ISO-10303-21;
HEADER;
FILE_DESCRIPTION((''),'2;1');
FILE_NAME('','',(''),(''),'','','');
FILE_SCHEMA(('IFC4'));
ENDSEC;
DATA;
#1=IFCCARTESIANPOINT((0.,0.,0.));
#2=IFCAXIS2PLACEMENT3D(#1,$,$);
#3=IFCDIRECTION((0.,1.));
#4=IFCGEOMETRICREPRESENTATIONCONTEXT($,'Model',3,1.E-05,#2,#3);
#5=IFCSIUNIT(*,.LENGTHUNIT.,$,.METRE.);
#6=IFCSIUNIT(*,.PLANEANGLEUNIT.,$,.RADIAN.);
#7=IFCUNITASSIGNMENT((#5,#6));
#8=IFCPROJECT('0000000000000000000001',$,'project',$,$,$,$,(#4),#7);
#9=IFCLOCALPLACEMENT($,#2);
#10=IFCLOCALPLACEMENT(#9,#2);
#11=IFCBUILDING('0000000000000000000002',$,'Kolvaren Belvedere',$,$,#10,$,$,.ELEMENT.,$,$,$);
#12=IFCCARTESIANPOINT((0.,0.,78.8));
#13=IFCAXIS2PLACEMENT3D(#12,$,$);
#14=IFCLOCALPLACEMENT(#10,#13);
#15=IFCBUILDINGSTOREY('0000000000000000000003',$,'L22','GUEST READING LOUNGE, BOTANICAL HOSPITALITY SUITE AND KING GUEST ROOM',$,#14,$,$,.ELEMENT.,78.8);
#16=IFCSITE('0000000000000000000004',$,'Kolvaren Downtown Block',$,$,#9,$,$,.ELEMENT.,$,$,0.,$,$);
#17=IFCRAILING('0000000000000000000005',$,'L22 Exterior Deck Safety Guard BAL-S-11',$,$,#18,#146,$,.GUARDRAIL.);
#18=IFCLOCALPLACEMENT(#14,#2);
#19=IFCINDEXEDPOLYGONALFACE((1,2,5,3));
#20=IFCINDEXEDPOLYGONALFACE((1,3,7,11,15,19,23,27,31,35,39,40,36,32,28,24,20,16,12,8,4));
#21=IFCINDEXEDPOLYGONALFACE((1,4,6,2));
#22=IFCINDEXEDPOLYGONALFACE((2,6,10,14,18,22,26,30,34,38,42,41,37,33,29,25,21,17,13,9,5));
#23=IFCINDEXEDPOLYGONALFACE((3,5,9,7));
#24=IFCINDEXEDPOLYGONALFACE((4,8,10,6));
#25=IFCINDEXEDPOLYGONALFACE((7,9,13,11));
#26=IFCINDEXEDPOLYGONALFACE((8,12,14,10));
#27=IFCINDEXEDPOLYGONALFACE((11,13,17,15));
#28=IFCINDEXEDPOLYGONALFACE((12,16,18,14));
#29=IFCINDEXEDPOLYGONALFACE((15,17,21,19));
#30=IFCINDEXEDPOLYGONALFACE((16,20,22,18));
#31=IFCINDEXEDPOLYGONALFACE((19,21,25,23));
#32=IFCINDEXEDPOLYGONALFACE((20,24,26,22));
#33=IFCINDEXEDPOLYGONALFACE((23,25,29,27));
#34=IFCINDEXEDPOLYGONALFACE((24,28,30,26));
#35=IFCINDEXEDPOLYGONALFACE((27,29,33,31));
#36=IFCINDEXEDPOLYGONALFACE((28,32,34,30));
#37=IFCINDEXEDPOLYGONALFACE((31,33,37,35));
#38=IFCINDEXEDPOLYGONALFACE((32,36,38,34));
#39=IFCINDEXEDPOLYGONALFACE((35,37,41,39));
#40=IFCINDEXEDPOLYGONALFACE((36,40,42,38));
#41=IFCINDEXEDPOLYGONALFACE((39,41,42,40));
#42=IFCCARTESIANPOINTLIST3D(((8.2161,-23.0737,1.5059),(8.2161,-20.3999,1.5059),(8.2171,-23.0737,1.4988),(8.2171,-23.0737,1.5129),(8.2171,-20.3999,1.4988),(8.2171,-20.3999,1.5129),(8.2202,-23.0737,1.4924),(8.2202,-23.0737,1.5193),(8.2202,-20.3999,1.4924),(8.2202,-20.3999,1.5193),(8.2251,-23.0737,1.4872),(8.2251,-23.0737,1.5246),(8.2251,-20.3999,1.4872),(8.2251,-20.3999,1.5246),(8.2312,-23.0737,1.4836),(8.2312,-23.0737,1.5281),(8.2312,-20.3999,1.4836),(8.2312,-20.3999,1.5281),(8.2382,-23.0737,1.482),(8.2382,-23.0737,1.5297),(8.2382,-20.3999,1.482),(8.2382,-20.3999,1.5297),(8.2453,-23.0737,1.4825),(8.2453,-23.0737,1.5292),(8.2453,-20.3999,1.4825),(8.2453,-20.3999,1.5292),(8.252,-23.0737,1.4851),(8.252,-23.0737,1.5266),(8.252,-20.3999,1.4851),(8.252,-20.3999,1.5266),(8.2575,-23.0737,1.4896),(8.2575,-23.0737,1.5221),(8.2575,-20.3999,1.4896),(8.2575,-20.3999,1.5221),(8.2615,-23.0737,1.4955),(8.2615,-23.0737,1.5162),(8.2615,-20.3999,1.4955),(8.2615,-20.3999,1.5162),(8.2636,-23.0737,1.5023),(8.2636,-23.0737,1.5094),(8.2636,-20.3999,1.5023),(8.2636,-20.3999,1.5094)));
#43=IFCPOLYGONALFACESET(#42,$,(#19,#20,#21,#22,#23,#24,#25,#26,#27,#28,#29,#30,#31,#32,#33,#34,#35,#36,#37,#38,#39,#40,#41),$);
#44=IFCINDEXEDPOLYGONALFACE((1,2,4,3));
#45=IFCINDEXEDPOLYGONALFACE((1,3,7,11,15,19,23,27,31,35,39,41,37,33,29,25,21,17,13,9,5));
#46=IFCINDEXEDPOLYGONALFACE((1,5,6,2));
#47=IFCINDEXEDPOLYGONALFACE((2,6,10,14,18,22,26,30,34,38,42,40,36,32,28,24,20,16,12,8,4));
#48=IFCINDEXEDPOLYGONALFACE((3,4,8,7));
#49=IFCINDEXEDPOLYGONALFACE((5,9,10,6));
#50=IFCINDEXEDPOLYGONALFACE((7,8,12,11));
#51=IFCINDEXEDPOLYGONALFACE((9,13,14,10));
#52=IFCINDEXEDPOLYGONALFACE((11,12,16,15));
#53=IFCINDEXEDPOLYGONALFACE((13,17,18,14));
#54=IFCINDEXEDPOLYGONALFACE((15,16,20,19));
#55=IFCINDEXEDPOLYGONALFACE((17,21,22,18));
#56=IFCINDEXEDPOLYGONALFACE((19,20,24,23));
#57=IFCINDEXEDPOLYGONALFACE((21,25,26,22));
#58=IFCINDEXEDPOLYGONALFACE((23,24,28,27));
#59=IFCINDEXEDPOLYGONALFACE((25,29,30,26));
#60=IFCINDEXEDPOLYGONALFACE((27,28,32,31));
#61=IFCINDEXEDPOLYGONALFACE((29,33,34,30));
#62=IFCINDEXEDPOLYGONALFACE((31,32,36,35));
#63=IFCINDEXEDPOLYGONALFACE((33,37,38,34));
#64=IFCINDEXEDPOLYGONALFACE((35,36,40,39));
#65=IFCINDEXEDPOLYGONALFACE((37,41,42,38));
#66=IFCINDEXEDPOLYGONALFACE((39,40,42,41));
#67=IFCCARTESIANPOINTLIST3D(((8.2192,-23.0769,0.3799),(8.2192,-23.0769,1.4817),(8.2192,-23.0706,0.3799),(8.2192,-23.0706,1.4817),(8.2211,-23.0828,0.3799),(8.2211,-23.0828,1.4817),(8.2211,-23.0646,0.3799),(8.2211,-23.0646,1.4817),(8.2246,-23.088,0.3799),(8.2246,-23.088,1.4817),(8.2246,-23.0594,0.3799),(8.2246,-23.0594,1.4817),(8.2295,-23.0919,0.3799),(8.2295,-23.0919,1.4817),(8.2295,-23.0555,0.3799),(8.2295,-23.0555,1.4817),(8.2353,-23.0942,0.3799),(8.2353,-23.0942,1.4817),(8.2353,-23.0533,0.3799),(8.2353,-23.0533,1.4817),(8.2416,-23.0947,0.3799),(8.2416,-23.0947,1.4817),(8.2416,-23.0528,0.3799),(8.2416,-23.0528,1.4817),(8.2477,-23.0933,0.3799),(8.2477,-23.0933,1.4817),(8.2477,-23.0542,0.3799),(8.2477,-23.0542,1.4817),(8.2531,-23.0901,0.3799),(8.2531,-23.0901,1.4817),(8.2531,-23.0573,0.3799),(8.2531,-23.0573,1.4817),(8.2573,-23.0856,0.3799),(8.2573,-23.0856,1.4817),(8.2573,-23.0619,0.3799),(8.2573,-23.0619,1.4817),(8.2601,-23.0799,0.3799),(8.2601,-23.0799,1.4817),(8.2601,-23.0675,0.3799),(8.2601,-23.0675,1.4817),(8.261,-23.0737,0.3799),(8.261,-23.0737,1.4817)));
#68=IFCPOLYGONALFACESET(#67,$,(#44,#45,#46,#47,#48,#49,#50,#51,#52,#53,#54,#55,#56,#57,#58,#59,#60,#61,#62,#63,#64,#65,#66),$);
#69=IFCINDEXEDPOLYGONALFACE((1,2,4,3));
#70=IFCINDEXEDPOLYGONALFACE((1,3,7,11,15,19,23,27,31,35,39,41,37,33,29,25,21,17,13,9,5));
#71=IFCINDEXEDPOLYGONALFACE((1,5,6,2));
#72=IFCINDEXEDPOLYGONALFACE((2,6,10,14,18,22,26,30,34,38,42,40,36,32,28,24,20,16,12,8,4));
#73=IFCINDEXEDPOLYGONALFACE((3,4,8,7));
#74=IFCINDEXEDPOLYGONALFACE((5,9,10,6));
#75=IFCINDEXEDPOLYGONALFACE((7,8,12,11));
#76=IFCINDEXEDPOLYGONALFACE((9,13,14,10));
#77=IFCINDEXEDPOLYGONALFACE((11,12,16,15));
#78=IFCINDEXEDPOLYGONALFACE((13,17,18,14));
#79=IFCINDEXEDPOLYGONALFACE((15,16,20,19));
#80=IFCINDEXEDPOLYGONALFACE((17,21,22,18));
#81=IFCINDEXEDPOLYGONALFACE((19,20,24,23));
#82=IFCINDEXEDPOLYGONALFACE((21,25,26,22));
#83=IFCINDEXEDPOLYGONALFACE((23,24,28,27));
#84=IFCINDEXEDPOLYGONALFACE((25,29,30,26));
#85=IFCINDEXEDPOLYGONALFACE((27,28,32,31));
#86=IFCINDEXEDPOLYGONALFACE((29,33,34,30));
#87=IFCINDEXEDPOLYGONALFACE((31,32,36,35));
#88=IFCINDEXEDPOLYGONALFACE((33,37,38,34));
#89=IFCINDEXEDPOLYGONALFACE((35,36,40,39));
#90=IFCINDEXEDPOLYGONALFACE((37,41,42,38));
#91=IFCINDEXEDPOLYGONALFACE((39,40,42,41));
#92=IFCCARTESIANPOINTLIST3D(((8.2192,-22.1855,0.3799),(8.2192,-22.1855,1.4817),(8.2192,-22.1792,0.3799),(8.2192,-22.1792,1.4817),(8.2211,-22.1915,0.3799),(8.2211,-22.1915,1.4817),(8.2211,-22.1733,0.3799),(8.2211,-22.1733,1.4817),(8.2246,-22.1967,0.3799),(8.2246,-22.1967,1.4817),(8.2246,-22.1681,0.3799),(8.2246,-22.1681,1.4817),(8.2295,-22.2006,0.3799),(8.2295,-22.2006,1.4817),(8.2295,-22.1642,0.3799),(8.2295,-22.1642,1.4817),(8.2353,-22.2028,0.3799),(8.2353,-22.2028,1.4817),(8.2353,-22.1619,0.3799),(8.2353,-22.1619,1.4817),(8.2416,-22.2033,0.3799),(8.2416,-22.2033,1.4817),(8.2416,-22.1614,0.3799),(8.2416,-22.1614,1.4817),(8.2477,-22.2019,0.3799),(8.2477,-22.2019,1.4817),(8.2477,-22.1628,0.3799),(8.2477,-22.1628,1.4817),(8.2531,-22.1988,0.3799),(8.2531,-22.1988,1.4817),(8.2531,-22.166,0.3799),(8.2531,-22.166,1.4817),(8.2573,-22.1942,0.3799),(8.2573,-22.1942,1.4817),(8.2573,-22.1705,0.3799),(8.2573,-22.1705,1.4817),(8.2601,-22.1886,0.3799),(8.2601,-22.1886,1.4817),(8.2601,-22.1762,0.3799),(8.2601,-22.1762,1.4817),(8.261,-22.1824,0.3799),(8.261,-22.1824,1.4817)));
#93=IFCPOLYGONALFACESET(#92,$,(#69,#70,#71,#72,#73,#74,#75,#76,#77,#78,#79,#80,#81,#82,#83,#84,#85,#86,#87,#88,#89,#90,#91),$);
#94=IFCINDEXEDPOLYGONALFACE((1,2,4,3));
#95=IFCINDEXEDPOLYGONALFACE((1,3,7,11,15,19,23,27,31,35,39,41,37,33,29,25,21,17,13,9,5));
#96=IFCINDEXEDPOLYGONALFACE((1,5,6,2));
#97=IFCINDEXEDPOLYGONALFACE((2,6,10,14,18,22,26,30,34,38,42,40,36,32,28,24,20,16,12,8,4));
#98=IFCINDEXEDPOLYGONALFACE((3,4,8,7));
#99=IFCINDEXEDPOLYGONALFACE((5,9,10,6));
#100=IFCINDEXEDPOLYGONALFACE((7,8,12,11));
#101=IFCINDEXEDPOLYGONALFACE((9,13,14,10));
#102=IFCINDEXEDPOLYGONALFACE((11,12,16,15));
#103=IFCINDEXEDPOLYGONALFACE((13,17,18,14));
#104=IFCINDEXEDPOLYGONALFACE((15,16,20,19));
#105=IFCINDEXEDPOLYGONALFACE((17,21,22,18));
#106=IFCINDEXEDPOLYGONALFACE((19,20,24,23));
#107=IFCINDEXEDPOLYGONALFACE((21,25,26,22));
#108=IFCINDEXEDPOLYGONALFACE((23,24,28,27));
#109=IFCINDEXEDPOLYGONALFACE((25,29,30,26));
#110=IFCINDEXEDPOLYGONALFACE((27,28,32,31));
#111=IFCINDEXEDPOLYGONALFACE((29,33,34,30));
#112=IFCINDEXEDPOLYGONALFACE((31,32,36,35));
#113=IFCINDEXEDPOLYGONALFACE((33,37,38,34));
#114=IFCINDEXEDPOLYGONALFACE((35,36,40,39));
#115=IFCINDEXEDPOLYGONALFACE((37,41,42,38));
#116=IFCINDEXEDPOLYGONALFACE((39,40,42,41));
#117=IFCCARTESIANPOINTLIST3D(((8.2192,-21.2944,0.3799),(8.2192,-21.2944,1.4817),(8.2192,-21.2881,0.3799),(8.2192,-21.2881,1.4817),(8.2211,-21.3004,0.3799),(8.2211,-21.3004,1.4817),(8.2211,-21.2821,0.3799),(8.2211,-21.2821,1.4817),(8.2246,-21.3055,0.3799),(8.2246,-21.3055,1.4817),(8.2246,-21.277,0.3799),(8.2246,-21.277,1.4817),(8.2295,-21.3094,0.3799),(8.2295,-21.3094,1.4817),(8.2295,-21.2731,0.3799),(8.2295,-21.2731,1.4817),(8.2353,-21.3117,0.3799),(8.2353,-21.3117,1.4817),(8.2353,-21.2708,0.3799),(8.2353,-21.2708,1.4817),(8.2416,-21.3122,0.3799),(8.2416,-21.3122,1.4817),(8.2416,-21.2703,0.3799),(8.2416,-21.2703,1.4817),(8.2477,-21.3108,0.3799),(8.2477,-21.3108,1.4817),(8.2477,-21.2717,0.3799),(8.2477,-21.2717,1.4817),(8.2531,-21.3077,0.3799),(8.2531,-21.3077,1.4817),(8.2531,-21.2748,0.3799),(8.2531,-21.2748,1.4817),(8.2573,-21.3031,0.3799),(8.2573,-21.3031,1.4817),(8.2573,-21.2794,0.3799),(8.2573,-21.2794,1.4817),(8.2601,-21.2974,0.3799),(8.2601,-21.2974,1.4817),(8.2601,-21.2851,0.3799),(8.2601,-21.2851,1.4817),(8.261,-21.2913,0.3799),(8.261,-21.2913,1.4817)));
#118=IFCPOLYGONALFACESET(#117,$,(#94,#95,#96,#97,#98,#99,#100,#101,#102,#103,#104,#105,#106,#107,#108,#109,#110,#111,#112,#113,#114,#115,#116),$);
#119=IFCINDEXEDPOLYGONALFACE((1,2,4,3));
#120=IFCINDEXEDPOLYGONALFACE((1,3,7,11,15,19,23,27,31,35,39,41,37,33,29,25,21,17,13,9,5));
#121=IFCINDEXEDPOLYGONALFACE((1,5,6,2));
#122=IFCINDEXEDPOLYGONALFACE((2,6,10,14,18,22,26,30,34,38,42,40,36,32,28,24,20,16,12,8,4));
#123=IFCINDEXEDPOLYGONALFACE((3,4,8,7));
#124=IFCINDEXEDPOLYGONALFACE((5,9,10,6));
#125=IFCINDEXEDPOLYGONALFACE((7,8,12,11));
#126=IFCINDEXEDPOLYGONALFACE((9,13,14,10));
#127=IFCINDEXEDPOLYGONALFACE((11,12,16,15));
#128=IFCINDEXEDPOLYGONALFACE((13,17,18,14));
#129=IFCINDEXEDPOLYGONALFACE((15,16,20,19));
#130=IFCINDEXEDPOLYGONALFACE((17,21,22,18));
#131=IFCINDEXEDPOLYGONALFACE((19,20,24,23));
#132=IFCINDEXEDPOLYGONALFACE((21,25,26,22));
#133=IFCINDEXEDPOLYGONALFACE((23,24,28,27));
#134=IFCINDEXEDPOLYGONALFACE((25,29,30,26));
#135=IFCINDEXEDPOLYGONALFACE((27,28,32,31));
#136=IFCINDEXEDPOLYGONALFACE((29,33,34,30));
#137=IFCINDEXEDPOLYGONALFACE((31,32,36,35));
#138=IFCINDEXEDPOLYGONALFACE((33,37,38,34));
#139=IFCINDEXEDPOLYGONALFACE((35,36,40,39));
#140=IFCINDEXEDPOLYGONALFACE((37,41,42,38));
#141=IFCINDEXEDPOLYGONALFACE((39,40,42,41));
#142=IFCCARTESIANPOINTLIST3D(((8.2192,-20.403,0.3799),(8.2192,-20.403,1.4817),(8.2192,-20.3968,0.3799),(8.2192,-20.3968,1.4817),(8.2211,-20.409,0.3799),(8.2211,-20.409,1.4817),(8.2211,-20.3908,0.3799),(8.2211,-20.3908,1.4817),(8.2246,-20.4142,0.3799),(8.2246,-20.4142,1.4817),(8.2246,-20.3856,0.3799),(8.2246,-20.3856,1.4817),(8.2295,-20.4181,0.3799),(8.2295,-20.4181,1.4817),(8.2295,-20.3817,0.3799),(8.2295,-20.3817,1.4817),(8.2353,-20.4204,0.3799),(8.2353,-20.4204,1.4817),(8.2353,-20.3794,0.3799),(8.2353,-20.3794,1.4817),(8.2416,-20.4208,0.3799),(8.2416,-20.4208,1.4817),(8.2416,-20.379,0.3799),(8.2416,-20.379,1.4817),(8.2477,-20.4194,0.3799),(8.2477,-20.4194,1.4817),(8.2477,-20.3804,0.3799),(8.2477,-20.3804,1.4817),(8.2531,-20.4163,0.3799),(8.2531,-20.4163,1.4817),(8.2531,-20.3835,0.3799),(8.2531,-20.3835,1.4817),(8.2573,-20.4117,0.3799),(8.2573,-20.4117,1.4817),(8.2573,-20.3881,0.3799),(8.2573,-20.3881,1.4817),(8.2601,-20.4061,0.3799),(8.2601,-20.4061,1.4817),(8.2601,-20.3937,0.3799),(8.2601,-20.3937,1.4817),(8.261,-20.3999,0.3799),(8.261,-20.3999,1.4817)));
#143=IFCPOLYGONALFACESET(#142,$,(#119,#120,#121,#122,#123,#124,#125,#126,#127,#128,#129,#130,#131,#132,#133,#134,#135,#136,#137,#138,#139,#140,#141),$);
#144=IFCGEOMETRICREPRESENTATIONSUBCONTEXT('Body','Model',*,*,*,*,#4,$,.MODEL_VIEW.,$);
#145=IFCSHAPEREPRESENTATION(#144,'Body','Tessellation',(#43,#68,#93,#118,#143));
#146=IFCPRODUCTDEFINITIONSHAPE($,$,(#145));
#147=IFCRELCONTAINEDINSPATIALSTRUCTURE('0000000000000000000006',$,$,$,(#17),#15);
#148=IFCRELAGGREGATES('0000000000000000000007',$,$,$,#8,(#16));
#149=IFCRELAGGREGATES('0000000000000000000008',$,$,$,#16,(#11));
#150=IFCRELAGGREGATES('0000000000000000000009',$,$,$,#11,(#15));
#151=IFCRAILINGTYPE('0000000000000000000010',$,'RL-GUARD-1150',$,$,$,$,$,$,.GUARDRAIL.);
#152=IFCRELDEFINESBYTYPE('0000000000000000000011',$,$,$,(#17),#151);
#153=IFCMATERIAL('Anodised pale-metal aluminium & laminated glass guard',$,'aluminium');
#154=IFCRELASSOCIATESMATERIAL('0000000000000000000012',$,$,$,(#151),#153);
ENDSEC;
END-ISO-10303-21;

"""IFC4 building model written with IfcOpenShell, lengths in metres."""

from ifc_helpers import new_model, si_unit, direction, frame, origin, origin_2d, place, context, subcontext, project, spatial, circle, extrude, material, type_object, element, save


model = new_model("IFC4")

# Units and contexts
model_context = context("Model", 3, precision=1e-05, world=origin(), true_north=direction((0.0, 1.0)))
body_context = subcontext(model_context, "Body", "Model", "MODEL_VIEW")
ifc_project = project(units=[si_unit("LENGTHUNIT", "METRE"), si_unit("PLANEANGLEUNIT", "RADIAN")], contexts=[model_context])

# Site, building, storey
site_placement = place(None, origin())
site = spatial("IfcSite", under=ifc_project, at=site_placement, Name="Kolvaren Downtown Block", CompositionType="ELEMENT", RefElevation=0.0)
building_placement = place(site_placement, origin())
building = spatial("IfcBuilding", under=site, at=building_placement, Name="Kolvaren Belvedere", CompositionType="ELEMENT")
storey_placement = place(building_placement, frame((0.0, 0.0, 78.8)))
storey = spatial("IfcBuildingStorey", under=building, at=storey_placement, Name="L22", Description="GUEST READING LOUNGE, BOTANICAL HOSPITALITY SUITE AND KING GUEST ROOM", CompositionType="ELEMENT", Elevation=78.8)

# Railing
ifc_material_1 = material(Name="Anodised pale-metal aluminium & laminated glass guard", Category="aluminium")
railing_type = type_object("IfcRailingType", Name="RL-GUARD-1150", PredefinedType="GUARDRAIL", material=ifc_material_1)
railing_1_placement = place(storey_placement, frame((8.24, -23.0737, 0.3799)))
element("IfcRailing", 1, at=railing_1_placement, inside=storey, type_object=railing_type, Name="L22 Exterior Deck Safety Guard BAL-S-11", PredefinedType="GUARDRAIL", context=body_context, shape_type="SweptSolid", body=[
    extrude(circle(Radius=0.0239, at=origin_2d()), frame((0.0, 0.0, 1.126), z_axis=(0.0, 1.0, 0.0), x_axis=(-1.0, 0.0, 0.0)), (0.0, 0.0, 1.0), 2.6738),
    extrude(circle(Radius=0.021, at=origin_2d()), origin(), (0.0, 0.0, 1.0), 1.1018),
    extrude(circle(Radius=0.021, at=origin_2d()), frame((0.0, 0.8914, 0.0)), (0.0, 0.0, 1.0), 1.1018),
    extrude(circle(Radius=0.021, at=origin_2d()), frame((0.0, 1.7825, 0.0)), (0.0, 0.0, 1.0), 1.1018),
    extrude(circle(Radius=0.021, at=origin_2d()), frame((0.0, 2.6738, 0.0)), (0.0, 0.0, 1.0), 1.1018),
])

save(model, "model.ifc")
